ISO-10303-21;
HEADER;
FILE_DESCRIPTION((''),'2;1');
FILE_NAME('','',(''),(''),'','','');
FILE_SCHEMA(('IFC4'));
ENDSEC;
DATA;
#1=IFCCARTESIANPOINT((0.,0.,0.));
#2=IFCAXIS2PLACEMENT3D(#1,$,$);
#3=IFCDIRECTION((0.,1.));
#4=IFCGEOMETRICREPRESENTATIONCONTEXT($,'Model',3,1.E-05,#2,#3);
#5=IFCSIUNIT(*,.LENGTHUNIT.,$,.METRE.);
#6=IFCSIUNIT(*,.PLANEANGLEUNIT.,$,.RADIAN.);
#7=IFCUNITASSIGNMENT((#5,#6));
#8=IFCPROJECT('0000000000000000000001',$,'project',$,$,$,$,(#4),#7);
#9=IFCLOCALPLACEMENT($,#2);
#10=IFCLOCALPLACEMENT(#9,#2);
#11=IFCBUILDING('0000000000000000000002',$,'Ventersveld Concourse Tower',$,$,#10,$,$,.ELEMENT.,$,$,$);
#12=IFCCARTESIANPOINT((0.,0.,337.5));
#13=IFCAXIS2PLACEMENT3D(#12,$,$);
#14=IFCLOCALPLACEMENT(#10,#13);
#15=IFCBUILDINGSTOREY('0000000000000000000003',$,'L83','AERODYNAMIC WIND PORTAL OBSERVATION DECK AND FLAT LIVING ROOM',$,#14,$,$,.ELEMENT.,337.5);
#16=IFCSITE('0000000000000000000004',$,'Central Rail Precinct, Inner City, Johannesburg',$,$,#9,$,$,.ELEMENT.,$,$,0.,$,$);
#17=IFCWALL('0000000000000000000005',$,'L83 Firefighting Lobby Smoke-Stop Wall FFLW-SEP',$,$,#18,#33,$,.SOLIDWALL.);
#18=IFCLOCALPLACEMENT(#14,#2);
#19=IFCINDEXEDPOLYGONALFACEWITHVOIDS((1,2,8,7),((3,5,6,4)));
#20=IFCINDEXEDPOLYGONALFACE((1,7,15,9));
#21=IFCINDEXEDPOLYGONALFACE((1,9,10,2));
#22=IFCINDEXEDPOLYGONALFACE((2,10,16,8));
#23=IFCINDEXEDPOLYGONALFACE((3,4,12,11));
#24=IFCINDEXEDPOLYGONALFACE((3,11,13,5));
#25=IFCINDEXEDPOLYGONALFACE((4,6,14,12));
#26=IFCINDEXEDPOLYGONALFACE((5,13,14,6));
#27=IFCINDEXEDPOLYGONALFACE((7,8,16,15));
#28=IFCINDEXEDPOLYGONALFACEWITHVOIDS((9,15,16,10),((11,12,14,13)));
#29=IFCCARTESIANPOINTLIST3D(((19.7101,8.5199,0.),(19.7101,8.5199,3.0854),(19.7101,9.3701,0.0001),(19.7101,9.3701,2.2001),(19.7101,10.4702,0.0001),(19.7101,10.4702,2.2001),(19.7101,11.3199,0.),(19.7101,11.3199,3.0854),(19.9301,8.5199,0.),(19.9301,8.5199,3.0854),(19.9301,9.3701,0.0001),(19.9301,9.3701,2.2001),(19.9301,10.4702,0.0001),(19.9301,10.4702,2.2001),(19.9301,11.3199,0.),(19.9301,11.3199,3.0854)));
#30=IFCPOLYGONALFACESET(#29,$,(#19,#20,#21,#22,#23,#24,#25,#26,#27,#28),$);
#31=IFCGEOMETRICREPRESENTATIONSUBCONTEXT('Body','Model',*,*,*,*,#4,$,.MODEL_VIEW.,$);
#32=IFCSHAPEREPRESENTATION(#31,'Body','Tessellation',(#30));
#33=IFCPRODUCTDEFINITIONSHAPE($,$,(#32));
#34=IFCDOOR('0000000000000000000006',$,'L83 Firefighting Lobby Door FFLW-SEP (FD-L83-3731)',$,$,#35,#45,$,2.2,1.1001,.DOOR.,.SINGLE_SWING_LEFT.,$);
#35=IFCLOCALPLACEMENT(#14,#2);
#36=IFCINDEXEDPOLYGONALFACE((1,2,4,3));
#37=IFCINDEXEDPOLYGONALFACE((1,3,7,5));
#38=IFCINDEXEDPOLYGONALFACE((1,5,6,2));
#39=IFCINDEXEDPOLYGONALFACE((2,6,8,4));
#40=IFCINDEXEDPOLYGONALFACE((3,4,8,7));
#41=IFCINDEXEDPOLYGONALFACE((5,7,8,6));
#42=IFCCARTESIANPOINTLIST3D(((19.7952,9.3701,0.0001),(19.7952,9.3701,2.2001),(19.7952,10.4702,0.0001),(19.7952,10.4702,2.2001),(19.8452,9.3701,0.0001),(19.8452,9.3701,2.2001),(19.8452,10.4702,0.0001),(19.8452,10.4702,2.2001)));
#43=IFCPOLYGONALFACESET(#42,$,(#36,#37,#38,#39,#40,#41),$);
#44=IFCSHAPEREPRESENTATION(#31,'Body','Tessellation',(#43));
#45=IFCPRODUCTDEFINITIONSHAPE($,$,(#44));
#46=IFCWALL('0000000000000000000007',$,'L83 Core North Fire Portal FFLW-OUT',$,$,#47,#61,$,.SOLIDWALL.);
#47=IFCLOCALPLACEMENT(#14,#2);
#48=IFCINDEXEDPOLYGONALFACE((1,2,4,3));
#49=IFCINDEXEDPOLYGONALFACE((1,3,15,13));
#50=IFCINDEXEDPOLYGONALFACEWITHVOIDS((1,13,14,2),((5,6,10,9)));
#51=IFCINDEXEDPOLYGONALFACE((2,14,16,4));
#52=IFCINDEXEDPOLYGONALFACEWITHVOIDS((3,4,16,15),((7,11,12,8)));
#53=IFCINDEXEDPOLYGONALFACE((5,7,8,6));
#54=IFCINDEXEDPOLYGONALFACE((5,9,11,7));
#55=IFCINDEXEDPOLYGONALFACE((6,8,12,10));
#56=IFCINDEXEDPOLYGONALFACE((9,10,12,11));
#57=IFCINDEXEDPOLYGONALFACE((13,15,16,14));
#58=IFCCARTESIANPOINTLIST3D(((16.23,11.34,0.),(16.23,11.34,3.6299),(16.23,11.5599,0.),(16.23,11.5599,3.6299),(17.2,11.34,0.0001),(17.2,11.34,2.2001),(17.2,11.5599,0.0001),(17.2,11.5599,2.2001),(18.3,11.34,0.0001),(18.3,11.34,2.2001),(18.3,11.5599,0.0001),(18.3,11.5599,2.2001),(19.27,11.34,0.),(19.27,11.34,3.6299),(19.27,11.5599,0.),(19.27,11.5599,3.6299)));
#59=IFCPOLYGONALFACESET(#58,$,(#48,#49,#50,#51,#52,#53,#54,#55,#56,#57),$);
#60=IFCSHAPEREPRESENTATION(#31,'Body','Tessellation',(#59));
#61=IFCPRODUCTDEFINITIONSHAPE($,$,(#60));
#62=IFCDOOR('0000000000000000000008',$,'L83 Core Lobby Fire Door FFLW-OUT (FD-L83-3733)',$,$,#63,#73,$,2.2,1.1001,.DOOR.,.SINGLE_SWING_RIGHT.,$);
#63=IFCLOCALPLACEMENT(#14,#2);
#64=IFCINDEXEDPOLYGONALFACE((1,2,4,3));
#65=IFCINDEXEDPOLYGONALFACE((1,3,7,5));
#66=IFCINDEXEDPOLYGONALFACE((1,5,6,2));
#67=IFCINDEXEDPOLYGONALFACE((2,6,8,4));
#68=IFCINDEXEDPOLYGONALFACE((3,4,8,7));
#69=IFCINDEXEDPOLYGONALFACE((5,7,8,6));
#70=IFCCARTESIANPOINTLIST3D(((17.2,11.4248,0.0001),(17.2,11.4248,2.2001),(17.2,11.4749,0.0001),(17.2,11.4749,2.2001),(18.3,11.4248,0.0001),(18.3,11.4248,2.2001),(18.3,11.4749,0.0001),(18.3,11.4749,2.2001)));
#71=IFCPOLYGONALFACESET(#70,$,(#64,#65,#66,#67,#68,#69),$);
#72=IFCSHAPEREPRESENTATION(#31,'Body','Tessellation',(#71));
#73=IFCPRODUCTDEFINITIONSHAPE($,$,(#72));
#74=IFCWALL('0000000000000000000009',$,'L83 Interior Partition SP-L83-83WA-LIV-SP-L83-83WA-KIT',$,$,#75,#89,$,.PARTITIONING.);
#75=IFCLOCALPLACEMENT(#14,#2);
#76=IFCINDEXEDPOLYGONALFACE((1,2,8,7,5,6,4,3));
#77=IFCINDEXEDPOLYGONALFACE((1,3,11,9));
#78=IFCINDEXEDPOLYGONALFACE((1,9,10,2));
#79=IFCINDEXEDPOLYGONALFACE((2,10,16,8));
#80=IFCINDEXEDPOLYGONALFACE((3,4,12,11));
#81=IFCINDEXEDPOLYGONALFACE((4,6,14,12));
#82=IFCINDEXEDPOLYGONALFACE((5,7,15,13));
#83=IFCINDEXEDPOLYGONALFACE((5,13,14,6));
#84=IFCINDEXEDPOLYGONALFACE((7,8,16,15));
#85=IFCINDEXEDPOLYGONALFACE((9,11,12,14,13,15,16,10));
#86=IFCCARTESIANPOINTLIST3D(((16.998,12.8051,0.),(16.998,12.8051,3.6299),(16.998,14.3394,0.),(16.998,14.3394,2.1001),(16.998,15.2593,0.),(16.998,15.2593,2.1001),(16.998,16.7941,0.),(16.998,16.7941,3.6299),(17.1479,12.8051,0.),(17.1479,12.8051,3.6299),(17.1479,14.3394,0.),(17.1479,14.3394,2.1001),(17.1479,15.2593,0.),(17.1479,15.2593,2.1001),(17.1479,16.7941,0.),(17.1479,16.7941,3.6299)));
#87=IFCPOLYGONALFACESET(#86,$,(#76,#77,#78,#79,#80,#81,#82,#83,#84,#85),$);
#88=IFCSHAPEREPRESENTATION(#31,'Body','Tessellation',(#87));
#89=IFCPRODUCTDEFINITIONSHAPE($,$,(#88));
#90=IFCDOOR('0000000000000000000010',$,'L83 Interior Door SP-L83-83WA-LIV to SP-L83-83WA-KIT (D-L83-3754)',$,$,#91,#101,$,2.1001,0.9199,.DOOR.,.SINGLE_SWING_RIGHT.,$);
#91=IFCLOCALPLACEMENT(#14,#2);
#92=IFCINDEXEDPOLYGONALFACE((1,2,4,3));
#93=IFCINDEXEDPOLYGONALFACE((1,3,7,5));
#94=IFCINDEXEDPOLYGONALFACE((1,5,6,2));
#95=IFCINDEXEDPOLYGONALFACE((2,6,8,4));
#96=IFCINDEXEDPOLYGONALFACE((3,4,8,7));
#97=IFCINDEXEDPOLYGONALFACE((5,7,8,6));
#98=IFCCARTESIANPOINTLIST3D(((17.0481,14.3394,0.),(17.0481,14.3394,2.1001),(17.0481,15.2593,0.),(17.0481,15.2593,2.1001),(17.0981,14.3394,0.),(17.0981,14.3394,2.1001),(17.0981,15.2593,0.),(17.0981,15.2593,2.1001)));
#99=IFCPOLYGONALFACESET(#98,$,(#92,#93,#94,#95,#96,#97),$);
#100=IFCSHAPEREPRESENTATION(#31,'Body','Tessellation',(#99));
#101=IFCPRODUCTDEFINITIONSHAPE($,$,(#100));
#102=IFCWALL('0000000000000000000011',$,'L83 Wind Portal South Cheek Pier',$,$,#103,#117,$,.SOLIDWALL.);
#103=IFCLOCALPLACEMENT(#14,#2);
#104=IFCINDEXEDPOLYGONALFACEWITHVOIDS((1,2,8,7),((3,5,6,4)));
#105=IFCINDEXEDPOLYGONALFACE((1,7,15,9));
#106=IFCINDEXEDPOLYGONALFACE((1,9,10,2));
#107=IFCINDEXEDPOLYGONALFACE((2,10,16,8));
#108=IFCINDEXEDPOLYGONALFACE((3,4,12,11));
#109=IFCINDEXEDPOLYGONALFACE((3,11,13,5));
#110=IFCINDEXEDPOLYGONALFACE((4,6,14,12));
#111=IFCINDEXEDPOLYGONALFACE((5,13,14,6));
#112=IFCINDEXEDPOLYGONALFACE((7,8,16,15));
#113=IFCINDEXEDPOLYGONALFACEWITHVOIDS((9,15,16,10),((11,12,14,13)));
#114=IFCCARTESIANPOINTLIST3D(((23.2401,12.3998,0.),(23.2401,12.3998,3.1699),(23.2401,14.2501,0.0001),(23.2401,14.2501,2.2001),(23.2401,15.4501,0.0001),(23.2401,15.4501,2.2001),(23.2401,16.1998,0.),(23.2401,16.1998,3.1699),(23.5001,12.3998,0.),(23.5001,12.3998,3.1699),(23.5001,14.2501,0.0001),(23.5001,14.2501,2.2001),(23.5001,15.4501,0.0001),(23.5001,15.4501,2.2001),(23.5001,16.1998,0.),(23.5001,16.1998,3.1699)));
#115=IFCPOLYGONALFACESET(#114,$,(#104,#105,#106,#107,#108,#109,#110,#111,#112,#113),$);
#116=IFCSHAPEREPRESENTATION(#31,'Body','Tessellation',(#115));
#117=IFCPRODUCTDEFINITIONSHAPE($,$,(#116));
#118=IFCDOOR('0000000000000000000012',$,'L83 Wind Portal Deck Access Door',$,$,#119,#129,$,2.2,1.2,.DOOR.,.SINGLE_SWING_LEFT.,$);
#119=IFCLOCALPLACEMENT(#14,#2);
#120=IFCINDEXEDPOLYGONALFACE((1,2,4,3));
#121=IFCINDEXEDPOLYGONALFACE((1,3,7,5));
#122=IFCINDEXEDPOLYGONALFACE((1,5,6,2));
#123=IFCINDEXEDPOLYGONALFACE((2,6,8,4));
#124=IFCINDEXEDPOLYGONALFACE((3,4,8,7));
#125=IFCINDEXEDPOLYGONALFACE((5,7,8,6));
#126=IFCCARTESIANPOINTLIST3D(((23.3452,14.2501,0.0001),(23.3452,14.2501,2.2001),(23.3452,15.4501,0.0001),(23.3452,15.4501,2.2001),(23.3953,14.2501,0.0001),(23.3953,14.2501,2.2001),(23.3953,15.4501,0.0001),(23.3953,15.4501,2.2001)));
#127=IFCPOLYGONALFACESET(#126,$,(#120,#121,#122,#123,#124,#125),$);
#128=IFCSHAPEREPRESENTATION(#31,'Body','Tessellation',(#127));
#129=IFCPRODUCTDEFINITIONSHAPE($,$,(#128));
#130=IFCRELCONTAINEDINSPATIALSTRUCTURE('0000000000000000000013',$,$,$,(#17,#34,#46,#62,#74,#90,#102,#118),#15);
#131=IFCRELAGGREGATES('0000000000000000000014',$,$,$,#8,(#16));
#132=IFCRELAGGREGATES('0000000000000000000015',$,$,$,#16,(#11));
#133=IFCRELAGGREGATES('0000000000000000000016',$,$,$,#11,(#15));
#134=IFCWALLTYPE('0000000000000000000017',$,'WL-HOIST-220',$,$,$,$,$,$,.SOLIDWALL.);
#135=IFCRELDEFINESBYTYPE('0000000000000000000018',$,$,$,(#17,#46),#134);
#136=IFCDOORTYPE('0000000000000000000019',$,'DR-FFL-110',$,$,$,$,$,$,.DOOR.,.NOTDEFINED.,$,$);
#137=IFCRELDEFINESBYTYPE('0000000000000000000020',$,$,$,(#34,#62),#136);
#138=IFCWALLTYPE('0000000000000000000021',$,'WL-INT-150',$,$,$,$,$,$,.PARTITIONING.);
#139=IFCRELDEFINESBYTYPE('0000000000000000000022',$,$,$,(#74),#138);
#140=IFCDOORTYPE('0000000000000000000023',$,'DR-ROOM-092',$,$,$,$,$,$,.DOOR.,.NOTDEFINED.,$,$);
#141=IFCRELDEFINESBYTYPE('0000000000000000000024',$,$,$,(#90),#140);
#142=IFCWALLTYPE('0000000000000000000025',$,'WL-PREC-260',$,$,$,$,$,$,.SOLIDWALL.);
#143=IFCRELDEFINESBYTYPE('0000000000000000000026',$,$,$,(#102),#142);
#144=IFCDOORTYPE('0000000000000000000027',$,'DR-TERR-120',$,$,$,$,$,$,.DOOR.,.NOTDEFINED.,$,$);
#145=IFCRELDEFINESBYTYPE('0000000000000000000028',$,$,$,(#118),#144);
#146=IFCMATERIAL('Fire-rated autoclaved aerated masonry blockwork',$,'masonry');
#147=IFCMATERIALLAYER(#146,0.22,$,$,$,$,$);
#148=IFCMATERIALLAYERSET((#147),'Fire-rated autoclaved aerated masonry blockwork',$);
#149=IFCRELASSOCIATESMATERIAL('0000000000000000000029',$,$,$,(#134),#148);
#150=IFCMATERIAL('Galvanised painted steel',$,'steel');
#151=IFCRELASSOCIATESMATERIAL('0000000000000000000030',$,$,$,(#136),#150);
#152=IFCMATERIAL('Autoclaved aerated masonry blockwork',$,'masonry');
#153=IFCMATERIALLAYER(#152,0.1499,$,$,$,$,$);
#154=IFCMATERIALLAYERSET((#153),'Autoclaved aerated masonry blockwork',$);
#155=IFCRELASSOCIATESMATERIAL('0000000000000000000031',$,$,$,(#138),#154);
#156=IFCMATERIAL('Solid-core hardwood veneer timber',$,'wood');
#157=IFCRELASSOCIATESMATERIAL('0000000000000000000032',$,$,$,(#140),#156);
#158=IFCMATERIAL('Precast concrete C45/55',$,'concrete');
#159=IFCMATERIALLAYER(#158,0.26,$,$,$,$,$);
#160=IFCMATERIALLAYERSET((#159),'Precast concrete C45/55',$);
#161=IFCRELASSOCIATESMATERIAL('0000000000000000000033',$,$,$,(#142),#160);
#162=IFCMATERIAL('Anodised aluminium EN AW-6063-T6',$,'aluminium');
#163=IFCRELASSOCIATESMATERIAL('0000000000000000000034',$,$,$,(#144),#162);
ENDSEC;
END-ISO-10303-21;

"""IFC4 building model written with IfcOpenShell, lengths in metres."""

from ifc_helpers import new_model, si_unit, direction, frame, frame_2d, origin, place, context, subcontext, project, spatial, rectangle, extrude, material, layer, layer_set, type_object, element, fill, save


model = new_model("IFC4")

# Units and contexts
model_context = context("Model", 3, precision=1e-05, world=origin(), true_north=direction((0.0, 1.0)))
body_context = subcontext(model_context, "Body", "Model", "MODEL_VIEW")
ifc_project = project(units=[si_unit("LENGTHUNIT", "METRE"), si_unit("PLANEANGLEUNIT", "RADIAN")], contexts=[model_context])

# Site, building, storey
site_placement = place(None, origin())
site = spatial("IfcSite", under=ifc_project, at=site_placement, Name="Central Rail Precinct, Inner City, Johannesburg", CompositionType="ELEMENT", RefElevation=0.0)
building_placement = place(site_placement, origin())
building = spatial("IfcBuilding", under=site, at=building_placement, Name="Ventersveld Concourse Tower", CompositionType="ELEMENT")
storey_placement = place(building_placement, frame((0.0, 0.0, 337.5)))
storey = spatial("IfcBuildingStorey", under=building, at=storey_placement, Name="L83", Description="AERODYNAMIC WIND PORTAL OBSERVATION DECK AND FLAT LIVING ROOM", CompositionType="ELEMENT", Elevation=337.5)

# Shared definitions
ifc_material_1 = material(Name="Fire-rated autoclaved aerated masonry blockwork", Category="masonry")

# Shared definitions
ifc_layer_1 = layer(ifc_material_1, 0.22)
ifc_layer_set_1 = layer_set([ifc_layer_1], Name="Fire-rated autoclaved aerated masonry blockwork")
wall_type_1 = type_object("IfcWallType", Name="WL-HOIST-220", PredefinedType="SOLIDWALL", material=ifc_layer_set_1)

# Walls, openings, doors
wall_1_placement = place(storey_placement, frame((19.8201, 8.52, 0.0), z_axis=(0.0, 0.0, 1.0), x_axis=(0.0, 1.0, 0.0)))
wall_1 = element("IfcWall", 1, at=wall_1_placement, inside=storey, type_object=wall_type_1, Name="L83 Firefighting Lobby Smoke-Stop Wall FFLW-SEP", PredefinedType="SOLIDWALL", context=body_context, shape_type="SweptSolid", body=[
    extrude(rectangle(XDim=2.8, YDim=0.22, at=frame_2d((1.3999, 0.0))), origin(), (0.0, 0.0, 1.0), 3.0854),
])
opening_1_placement = place(wall_1_placement, frame((0.8501, 0.0, 0.0)))
opening_1 = element("IfcOpeningElement", 2, at=opening_1_placement, cuts=wall_1, PredefinedType="OPENING", context=body_context, shape_type="SweptSolid", body=[
    extrude(rectangle(XDim=1.1001, YDim=2.2, at=frame_2d((0.55, 1.1001))), frame((0.0, 0.1201, 0.0), z_axis=(0.0, -1.0, 0.0), x_axis=(1.0, 0.0, 0.0)), (0.0, 0.0, 1.0), 0.24),
])
ifc_material_2 = material(Name="Galvanised painted steel", Category="steel")
door_type_1 = type_object("IfcDoorType", Name="DR-FFL-110", OperationType="NOTDEFINED", PredefinedType="DOOR", material=ifc_material_2)
door_1_placement = place(opening_1_placement, origin())
door_1 = element("IfcDoor", 3, at=door_1_placement, inside=storey, type_object=door_type_1, Name="L83 Firefighting Lobby Door FFLW-SEP (FD-L83-3731)", OperationType="SINGLE_SWING_LEFT", OverallHeight=2.2, OverallWidth=1.1001, PredefinedType="DOOR", context=body_context, shape_type="SweptSolid", body=[
    extrude(rectangle(XDim=1.1001, YDim=2.2, at=frame_2d((0.55, 1.1001))), frame((0.0, 0.0249, 0.0), z_axis=(0.0, -1.0, 0.0), x_axis=(1.0, 0.0, 0.0)), (0.0, 0.0, 1.0), 0.05),
])
fill(opening_1, door_1)
wall_2_placement = place(storey_placement, frame((16.23, 11.45, 0.0), z_axis=(0.0, 0.0, 1.0), x_axis=(1.0, 0.0, 0.0)))
wall_2 = element("IfcWall", 4, at=wall_2_placement, inside=storey, type_object=wall_type_1, Name="L83 Core North Fire Portal FFLW-OUT", PredefinedType="SOLIDWALL", context=body_context, shape_type="SweptSolid", body=[
    extrude(rectangle(XDim=3.04, YDim=0.22, at=frame_2d((1.52, 0.0))), origin(), (0.0, 0.0, 1.0), 3.6299),
])
opening_2_placement = place(wall_2_placement, frame((0.97, 0.0, 0.0)))
opening_2 = element("IfcOpeningElement", 5, at=opening_2_placement, cuts=wall_2, PredefinedType="OPENING", context=body_context, shape_type="SweptSolid", body=[
    extrude(rectangle(XDim=1.1001, YDim=2.2, at=frame_2d((0.55, 1.1001))), frame((0.0, 0.1201, 0.0), z_axis=(0.0, -1.0, 0.0), x_axis=(1.0, 0.0, 0.0)), (0.0, 0.0, 1.0), 0.24),
])
door_2_placement = place(opening_2_placement, origin())
door_2 = element("IfcDoor", 6, at=door_2_placement, inside=storey, type_object=door_type_1, Name="L83 Core Lobby Fire Door FFLW-OUT (FD-L83-3733)", OperationType="SINGLE_SWING_RIGHT", OverallHeight=2.2, OverallWidth=1.1001, PredefinedType="DOOR", context=body_context, shape_type="SweptSolid", body=[
    extrude(rectangle(XDim=1.1001, YDim=2.2, at=frame_2d((0.55, 1.1001))), frame((0.0, 0.0249, 0.0), z_axis=(0.0, -1.0, 0.0), x_axis=(1.0, 0.0, 0.0)), (0.0, 0.0, 1.0), 0.05),
])
fill(opening_2, door_2)
ifc_material_3 = material(Name="Autoclaved aerated masonry blockwork", Category="masonry")
ifc_layer_2 = layer(ifc_material_3, 0.1499)
ifc_layer_set_2 = layer_set([ifc_layer_2], Name="Autoclaved aerated masonry blockwork")
wall_type_2 = type_object("IfcWallType", Name="WL-INT-150", PredefinedType="PARTITIONING", material=ifc_layer_set_2)
wall_3_placement = place(storey_placement, frame((17.073, 12.8049, 0.0), z_axis=(0.0, 0.0, 1.0), x_axis=(0.0, 1.0, 0.0)))
wall_3 = element("IfcWall", 7, at=wall_3_placement, inside=storey, type_object=wall_type_2, Name="L83 Interior Partition SP-L83-83WA-LIV-SP-L83-83WA-KIT", PredefinedType="PARTITIONING", context=body_context, shape_type="SweptSolid", body=[
    extrude(rectangle(XDim=3.989, YDim=0.1499, at=frame_2d((1.9946, 0.0))), origin(), (0.0, 0.0, 1.0), 3.6299),
])
opening_3_placement = place(wall_3_placement, frame((1.5344, 0.0, 0.0)))
opening_3 = element("IfcOpeningElement", 8, at=opening_3_placement, cuts=wall_3, PredefinedType="OPENING", context=body_context, shape_type="SweptSolid", body=[
    extrude(rectangle(XDim=0.9199, YDim=2.1001, at=frame_2d((0.46, 1.05))), frame((0.0, 0.085, 0.0), z_axis=(0.0, -1.0, 0.0), x_axis=(1.0, 0.0, 0.0)), (0.0, 0.0, 1.0), 0.1699),
])
ifc_material_4 = material(Name="Solid-core hardwood veneer timber", Category="wood")
door_type_2 = type_object("IfcDoorType", Name="DR-ROOM-092", OperationType="NOTDEFINED", PredefinedType="DOOR", material=ifc_material_4)
door_3_placement = place(opening_3_placement, origin())
door_3 = element("IfcDoor", 9, at=door_3_placement, inside=storey, type_object=door_type_2, Name="L83 Interior Door SP-L83-83WA-LIV to SP-L83-83WA-KIT (D-L83-3754)", OperationType="SINGLE_SWING_RIGHT", OverallHeight=2.1001, OverallWidth=0.9199, PredefinedType="DOOR", context=body_context, shape_type="SweptSolid", body=[
    extrude(rectangle(XDim=0.9199, YDim=2.1001, at=frame_2d((0.46, 1.05))), frame((0.0, 0.0249, 0.0), z_axis=(0.0, -1.0, 0.0), x_axis=(1.0, 0.0, 0.0)), (0.0, 0.0, 1.0), 0.05),
])
fill(opening_3, door_3)
ifc_material_5 = material(Name="Precast concrete C45/55", Category="concrete")
ifc_layer_3 = layer(ifc_material_5, 0.26)
ifc_layer_set_3 = layer_set([ifc_layer_3], Name="Precast concrete C45/55")
wall_type_3 = type_object("IfcWallType", Name="WL-PREC-260", PredefinedType="SOLIDWALL", material=ifc_layer_set_3)
wall_4_placement = place(storey_placement, frame((23.3701, 12.3999, 0.0), z_axis=(0.0, 0.0, 1.0), x_axis=(0.0, 1.0, 0.0)))
wall_4 = element("IfcWall", 10, at=wall_4_placement, inside=storey, type_object=wall_type_3, Name="L83 Wind Portal South Cheek Pier", PredefinedType="SOLIDWALL", context=body_context, shape_type="SweptSolid", body=[
    extrude(rectangle(XDim=3.8, YDim=0.26, at=frame_2d((1.8999, 0.0))), origin(), (0.0, 0.0, 1.0), 3.1699),
])
opening_4_placement = place(wall_4_placement, frame((1.8501, 0.0, 0.0)))
opening_4 = element("IfcOpeningElement", 11, at=opening_4_placement, cuts=wall_4, PredefinedType="OPENING", context=body_context, shape_type="SweptSolid", body=[
    extrude(rectangle(XDim=1.2, YDim=2.2, at=frame_2d((0.6001, 1.1001))), frame((0.0, 0.1401, 0.0), z_axis=(0.0, -1.0, 0.0), x_axis=(1.0, 0.0, 0.0)), (0.0, 0.0, 1.0), 0.28),
])
ifc_material_6 = material(Name="Anodised aluminium EN AW-6063-T6", Category="aluminium")
door_type_3 = type_object("IfcDoorType", Name="DR-TERR-120", OperationType="NOTDEFINED", PredefinedType="DOOR", material=ifc_material_6)
door_4_placement = place(opening_4_placement, origin())
door_4 = element("IfcDoor", 12, at=door_4_placement, inside=storey, type_object=door_type_3, Name="L83 Wind Portal Deck Access Door", OperationType="SINGLE_SWING_LEFT", OverallHeight=2.2, OverallWidth=1.2, PredefinedType="DOOR", context=body_context, shape_type="SweptSolid", body=[
    extrude(rectangle(XDim=1.2, YDim=2.2, at=frame_2d((0.6001, 1.1001))), frame((0.0, 0.0249, 0.0), z_axis=(0.0, -1.0, 0.0), x_axis=(1.0, 0.0, 0.0)), (0.0, 0.0, 1.0), 0.05),
])
fill(opening_4, door_4)

save(model, "model.ifc")
